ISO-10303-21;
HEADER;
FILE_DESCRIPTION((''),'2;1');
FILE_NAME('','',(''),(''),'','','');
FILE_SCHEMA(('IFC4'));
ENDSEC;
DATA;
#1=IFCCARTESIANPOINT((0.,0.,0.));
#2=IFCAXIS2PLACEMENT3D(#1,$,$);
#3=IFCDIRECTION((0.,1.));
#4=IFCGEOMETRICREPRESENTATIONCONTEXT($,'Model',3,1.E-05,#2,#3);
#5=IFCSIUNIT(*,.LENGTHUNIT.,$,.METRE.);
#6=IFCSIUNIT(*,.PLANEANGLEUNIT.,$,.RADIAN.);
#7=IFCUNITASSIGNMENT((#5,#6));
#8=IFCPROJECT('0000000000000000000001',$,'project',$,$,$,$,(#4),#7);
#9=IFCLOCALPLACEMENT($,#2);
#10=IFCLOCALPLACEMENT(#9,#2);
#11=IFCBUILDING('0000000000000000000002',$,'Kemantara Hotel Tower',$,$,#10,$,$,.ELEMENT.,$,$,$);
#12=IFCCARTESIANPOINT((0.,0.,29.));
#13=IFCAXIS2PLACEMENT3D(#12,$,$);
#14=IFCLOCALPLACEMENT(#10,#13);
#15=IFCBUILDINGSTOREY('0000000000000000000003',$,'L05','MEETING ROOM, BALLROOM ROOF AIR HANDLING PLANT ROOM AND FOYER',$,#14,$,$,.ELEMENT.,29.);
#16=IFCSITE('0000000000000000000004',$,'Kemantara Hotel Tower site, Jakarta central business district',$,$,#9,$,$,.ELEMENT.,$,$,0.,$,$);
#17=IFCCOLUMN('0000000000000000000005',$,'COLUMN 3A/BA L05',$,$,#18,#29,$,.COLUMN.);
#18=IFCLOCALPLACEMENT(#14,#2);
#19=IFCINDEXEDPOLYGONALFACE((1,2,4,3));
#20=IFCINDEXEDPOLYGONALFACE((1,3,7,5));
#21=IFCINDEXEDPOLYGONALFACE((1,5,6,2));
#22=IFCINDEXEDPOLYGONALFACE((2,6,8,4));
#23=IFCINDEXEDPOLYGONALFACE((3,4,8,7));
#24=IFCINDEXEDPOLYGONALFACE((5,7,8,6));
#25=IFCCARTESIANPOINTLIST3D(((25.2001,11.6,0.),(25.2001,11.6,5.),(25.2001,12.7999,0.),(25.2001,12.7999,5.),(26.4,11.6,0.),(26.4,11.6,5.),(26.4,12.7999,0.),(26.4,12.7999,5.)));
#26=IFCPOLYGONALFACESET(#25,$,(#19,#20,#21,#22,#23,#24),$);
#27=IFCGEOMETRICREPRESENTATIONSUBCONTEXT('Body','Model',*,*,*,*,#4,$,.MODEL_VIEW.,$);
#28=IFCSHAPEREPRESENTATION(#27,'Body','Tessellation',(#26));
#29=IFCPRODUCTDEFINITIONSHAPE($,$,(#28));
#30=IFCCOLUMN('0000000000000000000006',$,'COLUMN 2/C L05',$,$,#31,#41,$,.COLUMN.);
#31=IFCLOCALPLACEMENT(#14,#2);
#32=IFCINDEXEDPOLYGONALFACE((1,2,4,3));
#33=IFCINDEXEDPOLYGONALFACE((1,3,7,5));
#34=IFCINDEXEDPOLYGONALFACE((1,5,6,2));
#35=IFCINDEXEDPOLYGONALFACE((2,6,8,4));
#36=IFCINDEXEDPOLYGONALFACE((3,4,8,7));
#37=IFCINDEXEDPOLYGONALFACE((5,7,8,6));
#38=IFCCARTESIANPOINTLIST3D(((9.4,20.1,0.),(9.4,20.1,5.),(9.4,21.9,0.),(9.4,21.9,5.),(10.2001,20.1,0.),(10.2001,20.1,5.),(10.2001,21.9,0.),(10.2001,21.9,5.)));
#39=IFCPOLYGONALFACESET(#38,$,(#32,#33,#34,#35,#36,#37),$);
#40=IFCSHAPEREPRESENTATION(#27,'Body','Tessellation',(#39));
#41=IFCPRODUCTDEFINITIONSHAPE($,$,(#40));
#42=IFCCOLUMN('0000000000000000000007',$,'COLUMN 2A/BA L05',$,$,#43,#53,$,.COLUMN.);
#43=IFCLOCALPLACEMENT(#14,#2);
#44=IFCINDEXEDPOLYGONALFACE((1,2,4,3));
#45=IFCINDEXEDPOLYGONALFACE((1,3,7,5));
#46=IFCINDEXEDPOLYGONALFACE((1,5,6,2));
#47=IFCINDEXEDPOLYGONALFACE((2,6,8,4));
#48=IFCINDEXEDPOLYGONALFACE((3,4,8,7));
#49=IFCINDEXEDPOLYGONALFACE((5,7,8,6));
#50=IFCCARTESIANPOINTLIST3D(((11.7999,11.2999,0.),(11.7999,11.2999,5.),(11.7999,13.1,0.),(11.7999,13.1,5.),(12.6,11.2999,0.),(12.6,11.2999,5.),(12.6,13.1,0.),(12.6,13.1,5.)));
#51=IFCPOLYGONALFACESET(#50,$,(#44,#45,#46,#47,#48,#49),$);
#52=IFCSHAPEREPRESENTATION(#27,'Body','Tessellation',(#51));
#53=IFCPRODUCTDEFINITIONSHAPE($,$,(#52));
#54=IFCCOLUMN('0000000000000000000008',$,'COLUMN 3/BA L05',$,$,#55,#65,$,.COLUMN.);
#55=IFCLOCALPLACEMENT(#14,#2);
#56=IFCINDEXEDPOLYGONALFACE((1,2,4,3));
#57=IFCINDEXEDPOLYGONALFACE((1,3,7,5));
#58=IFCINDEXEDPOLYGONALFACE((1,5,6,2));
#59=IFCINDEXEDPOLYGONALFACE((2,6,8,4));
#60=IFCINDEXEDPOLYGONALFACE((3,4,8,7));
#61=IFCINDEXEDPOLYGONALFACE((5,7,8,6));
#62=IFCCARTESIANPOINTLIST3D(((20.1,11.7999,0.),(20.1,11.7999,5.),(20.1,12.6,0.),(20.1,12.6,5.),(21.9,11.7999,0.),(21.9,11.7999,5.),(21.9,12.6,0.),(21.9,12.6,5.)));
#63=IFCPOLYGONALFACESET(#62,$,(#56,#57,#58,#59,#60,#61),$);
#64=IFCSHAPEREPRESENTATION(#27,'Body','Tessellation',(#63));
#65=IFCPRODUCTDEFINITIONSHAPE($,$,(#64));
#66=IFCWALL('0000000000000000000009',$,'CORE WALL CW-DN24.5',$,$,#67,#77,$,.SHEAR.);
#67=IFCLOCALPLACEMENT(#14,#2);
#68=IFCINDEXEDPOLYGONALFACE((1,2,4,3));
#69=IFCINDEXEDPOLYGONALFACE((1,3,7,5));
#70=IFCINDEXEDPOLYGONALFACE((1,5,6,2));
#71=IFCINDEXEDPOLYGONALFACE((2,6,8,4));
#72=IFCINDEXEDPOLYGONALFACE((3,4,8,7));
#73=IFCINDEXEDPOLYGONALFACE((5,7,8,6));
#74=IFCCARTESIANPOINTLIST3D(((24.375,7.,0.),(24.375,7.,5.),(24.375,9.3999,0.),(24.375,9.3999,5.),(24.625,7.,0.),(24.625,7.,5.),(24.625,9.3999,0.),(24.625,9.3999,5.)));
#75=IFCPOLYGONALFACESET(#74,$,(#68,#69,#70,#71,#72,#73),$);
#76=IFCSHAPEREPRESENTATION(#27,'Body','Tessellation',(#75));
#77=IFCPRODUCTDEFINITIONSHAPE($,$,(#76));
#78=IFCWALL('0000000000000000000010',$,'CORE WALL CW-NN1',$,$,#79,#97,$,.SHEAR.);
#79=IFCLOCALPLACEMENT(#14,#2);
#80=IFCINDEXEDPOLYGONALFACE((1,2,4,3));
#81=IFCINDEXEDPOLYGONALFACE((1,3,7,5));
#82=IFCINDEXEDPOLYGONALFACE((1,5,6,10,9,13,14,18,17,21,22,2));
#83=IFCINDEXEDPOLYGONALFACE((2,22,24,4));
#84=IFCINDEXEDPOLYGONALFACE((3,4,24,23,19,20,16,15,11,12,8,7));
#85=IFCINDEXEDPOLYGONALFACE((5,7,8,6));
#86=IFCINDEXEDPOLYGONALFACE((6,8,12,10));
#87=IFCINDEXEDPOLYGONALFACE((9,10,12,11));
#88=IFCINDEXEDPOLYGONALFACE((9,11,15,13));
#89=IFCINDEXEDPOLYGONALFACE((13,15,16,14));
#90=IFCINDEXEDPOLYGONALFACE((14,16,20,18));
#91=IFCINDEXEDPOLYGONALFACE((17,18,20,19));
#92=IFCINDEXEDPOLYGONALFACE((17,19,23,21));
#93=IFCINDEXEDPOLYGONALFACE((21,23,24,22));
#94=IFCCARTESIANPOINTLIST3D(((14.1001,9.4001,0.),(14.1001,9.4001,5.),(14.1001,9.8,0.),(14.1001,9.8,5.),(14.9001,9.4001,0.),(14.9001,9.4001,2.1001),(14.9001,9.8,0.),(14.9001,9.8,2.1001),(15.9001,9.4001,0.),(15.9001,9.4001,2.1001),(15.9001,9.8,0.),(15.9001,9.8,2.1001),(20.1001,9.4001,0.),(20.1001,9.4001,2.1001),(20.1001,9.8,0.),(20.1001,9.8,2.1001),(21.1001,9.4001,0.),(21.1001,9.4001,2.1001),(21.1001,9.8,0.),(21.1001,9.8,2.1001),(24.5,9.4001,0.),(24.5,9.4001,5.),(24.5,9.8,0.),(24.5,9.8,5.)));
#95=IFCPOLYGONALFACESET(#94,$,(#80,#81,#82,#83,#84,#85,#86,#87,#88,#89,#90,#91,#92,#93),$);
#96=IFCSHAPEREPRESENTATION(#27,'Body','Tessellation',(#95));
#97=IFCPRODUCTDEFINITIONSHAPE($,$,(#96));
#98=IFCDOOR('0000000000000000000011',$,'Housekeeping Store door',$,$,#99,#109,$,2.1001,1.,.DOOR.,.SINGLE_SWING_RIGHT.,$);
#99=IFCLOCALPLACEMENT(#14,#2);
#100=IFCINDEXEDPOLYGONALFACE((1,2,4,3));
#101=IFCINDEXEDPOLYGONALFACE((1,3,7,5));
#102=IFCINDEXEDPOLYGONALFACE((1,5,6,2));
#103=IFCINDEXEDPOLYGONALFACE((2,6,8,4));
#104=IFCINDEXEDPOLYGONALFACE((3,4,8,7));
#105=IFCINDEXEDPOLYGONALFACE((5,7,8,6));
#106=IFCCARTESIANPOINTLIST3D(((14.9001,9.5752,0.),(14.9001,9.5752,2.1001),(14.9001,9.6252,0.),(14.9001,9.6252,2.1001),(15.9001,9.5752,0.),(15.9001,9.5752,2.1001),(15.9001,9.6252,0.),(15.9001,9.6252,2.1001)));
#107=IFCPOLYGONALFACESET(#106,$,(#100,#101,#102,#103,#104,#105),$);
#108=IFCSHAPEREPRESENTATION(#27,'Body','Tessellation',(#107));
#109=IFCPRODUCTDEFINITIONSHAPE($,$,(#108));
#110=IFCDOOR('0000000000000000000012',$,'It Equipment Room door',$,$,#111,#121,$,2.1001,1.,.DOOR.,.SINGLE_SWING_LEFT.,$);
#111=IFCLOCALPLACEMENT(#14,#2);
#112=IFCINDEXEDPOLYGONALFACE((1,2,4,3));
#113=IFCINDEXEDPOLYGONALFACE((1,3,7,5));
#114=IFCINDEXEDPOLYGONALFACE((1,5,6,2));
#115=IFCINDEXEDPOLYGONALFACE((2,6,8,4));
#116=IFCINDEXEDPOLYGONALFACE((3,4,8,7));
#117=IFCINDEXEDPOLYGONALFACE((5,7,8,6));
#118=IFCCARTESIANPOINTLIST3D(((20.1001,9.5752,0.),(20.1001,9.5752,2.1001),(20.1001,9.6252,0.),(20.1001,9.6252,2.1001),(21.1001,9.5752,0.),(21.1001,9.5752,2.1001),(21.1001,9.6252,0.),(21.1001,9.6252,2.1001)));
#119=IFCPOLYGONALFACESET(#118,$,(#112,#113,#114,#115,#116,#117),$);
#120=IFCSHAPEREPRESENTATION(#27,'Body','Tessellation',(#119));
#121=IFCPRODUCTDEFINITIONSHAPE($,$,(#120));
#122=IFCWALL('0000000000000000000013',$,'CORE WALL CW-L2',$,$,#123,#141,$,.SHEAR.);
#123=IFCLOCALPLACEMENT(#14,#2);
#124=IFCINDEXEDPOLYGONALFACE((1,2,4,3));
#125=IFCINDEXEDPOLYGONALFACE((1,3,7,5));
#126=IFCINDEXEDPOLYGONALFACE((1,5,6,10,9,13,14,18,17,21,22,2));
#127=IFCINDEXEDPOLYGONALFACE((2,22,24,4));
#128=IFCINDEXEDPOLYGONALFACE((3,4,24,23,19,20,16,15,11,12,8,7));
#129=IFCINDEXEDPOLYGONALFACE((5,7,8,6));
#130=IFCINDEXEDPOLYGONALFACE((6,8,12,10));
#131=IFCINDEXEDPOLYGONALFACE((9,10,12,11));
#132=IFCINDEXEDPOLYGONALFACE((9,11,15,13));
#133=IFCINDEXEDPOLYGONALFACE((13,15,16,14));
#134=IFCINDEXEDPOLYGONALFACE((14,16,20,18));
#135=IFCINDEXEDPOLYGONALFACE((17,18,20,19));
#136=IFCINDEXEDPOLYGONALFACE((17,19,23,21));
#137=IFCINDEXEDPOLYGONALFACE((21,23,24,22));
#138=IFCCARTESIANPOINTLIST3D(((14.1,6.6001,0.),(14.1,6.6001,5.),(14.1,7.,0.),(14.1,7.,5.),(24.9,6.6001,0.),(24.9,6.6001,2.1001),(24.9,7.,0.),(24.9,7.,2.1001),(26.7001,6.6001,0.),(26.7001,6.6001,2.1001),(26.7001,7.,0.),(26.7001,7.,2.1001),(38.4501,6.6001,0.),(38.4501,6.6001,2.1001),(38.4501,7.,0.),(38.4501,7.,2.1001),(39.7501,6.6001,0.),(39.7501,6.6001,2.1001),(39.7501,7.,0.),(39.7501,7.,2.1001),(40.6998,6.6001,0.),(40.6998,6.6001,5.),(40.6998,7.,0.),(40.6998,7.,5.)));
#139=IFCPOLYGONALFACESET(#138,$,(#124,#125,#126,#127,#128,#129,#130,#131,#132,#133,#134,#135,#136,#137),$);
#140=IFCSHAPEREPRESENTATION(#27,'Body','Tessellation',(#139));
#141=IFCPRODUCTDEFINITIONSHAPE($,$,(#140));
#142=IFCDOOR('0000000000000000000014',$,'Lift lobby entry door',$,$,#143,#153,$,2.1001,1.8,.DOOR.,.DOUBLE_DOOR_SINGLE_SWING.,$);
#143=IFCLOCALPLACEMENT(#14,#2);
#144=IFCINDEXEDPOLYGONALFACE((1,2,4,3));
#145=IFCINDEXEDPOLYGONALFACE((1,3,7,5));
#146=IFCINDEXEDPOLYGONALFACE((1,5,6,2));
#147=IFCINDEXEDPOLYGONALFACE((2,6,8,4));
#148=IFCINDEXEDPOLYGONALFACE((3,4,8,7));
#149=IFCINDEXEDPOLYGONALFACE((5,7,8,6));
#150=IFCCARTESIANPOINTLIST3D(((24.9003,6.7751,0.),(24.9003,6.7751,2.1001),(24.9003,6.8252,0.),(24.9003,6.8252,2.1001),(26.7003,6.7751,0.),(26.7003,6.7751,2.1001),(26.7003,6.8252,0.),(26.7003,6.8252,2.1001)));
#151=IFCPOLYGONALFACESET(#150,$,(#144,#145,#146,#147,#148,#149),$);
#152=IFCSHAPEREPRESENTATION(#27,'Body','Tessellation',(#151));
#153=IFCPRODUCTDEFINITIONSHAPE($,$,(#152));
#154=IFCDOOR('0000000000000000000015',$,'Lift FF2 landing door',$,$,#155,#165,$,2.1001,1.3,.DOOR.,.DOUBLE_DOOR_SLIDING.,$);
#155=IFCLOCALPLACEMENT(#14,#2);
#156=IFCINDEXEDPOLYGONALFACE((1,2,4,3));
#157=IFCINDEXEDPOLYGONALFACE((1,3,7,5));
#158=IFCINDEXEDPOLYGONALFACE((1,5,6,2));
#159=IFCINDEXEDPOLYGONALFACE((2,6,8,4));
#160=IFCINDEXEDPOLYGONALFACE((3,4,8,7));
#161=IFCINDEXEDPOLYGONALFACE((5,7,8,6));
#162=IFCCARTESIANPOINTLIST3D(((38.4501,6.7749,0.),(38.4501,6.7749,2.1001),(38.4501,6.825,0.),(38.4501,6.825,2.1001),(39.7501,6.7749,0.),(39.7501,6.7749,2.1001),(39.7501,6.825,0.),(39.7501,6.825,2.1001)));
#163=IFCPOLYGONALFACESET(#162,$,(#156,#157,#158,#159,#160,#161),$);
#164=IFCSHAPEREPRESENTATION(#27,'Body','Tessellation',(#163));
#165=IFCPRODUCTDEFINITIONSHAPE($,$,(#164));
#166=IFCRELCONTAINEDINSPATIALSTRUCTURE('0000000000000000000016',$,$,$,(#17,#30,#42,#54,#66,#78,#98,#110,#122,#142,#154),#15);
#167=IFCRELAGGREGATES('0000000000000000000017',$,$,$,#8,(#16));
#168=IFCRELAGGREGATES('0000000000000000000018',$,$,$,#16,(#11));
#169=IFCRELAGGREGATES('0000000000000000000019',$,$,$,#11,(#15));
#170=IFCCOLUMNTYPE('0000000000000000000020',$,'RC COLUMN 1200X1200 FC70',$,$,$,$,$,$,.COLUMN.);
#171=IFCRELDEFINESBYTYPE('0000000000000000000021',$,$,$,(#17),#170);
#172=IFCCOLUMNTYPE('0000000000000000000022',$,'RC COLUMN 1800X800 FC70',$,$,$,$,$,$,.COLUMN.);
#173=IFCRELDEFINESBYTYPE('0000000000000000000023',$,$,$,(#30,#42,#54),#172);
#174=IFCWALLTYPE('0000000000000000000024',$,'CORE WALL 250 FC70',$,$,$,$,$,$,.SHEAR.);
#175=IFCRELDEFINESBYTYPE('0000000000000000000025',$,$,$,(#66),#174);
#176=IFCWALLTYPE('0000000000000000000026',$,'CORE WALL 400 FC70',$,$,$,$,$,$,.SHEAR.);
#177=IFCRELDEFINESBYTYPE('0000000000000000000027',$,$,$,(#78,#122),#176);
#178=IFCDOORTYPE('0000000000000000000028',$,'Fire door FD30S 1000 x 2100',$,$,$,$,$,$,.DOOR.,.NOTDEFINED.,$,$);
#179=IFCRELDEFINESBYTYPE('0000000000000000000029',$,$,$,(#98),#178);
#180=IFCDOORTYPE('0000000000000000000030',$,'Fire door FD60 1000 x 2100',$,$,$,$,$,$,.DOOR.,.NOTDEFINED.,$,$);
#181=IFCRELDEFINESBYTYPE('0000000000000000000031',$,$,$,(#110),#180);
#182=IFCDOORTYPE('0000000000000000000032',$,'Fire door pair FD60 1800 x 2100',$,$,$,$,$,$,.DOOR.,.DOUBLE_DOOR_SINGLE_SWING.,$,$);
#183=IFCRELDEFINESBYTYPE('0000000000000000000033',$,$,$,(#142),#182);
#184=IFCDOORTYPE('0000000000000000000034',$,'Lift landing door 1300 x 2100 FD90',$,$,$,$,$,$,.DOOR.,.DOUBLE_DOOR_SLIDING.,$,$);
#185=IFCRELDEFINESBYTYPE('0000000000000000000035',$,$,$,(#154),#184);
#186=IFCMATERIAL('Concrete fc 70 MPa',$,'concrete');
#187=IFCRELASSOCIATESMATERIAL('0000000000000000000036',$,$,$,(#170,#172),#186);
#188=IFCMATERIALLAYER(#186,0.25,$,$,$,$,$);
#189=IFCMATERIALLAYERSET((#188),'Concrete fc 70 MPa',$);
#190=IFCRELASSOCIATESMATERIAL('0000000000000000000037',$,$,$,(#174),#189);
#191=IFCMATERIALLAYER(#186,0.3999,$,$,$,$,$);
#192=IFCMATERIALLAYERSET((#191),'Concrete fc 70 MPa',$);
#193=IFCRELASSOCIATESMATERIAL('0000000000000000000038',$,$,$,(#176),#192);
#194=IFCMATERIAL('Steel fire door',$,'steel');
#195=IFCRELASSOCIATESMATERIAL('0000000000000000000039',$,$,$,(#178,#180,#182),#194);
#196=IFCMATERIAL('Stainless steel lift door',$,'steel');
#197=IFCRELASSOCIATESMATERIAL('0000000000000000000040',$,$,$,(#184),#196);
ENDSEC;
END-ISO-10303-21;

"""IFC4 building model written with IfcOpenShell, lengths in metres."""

from ifc_helpers import new_model, si_unit, direction, frame, frame_2d, origin, origin_2d, place, context, subcontext, project, spatial, rectangle, extrude, material, layer, layer_set, material_profile, profile_set, type_object, element, fill, save


model = new_model("IFC4")

# Units and contexts
model_context = context("Model", 3, precision=1e-05, world=origin(), true_north=direction((0.0, 1.0)))
body_context = subcontext(model_context, "Body", "Model", "MODEL_VIEW")
ifc_project = project(units=[si_unit("LENGTHUNIT", "METRE"), si_unit("PLANEANGLEUNIT", "RADIAN")], contexts=[model_context])

# Site, building, storey
site_placement = place(None, origin())
site = spatial("IfcSite", under=ifc_project, at=site_placement, Name="Kemantara Hotel Tower site, Jakarta central business district", CompositionType="ELEMENT", RefElevation=0.0)
building_placement = place(site_placement, origin())
building = spatial("IfcBuilding", under=site, at=building_placement, Name="Kemantara Hotel Tower", CompositionType="ELEMENT")
storey_placement = place(building_placement, frame((0.0, 0.0, 29.0)))
storey = spatial("IfcBuildingStorey", under=building, at=storey_placement, Name="L05", Description="MEETING ROOM, BALLROOM ROOF AIR HANDLING PLANT ROOM AND FOYER", CompositionType="ELEMENT", Elevation=29.0)

# Columns
ifc_material_1 = material(Name="Concrete fc 70 MPa", Category="concrete")
ifc_material_profile_1 = material_profile(ifc_material_1, rectangle(XDim=1.2, YDim=1.2, at=origin_2d()), Name="RC 1200X1200")
ifc_profile_set_1 = profile_set([ifc_material_profile_1], Name="Concrete fc 70 MPa")
column_type_1 = type_object("IfcColumnType", Name="RC COLUMN 1200X1200 FC70", PredefinedType="COLUMN", material=ifc_profile_set_1)
column_placement = place(storey_placement, frame((25.8, 12.2, 0.0), z_axis=(0.0, 0.0, 1.0), x_axis=(1.0, 0.0, 0.0)))
element("IfcColumn", 1, at=column_placement, inside=storey, type_object=column_type_1, Name="COLUMN 3A/BA L05", PredefinedType="COLUMN", context=body_context, shape_type="SweptSolid", body=[
    extrude(rectangle(XDim=1.2, YDim=1.2, at=origin_2d()), origin(), (0.0, 0.0, 1.0), 5.0),
])
ifc_material_profile_2 = material_profile(ifc_material_1, rectangle(XDim=1.8, YDim=0.8, at=origin_2d()), Name="RC 1800X800")
ifc_profile_set_2 = profile_set([ifc_material_profile_2], Name="Concrete fc 70 MPa")
column_type_2 = type_object("IfcColumnType", Name="RC COLUMN 1800X800 FC70", PredefinedType="COLUMN", material=ifc_profile_set_2)
for number, where, z_axis, x_axis, name in (
    (2, (9.8, 21.0, 0.0), (0.0, 0.0, 1.0), (0.0, 1.0, 0.0), "COLUMN 2/C L05"),
    (3, (12.2, 12.2, 0.0), (0.0, 0.0, 1.0), (0.0, 1.0, 0.0), "COLUMN 2A/BA L05"),
    (4, (21.0, 12.2, 0.0), (0.0, 0.0, 1.0), (1.0, 0.0, 0.0), "COLUMN 3/BA L05"),
):
    element("IfcColumn", number, at=place(storey_placement, frame(where, z_axis=z_axis, x_axis=x_axis)), inside=storey, type_object=column_type_2, Name=name, PredefinedType="COLUMN", context=body_context, shape_type="SweptSolid", body=[
        extrude(rectangle(XDim=1.8, YDim=0.8, at=origin_2d()), origin(), (0.0, 0.0, 1.0), 5.0),
    ])

# Wall
ifc_layer_1 = layer(ifc_material_1, 0.25)
ifc_layer_set_1 = layer_set([ifc_layer_1], Name="Concrete fc 70 MPa")
wall_type_1 = type_object("IfcWallType", Name="CORE WALL 250 FC70", PredefinedType="SHEAR", material=ifc_layer_set_1)
wall_1_placement = place(storey_placement, frame((24.5, 7.0, 0.0), z_axis=(0.0, 0.0, 1.0), x_axis=(0.0, 1.0, 0.0)))
element("IfcWall", 5, at=wall_1_placement, inside=storey, type_object=wall_type_1, Name="CORE WALL CW-DN24.5", PredefinedType="SHEAR", context=body_context, shape_type="SweptSolid", body=[
    extrude(rectangle(XDim=2.3999, YDim=0.25, at=frame_2d((1.2, 0.0))), origin(), (0.0, 0.0, 1.0), 5.0),
])

# Walls, openings, doors
ifc_layer_2 = layer(ifc_material_1, 0.3999)
ifc_layer_set_2 = layer_set([ifc_layer_2], Name="Concrete fc 70 MPa")
wall_type_2 = type_object("IfcWallType", Name="CORE WALL 400 FC70", PredefinedType="SHEAR", material=ifc_layer_set_2)
wall_2_placement = place(storey_placement, frame((14.1001, 9.6001, 0.0), z_axis=(0.0, 0.0, 1.0), x_axis=(1.0, 0.0, 0.0)))
wall_2 = element("IfcWall", 6, at=wall_2_placement, inside=storey, type_object=wall_type_2, Name="CORE WALL CW-NN1", PredefinedType="SHEAR", context=body_context, shape_type="SweptSolid", body=[
    extrude(rectangle(XDim=10.3999, YDim=0.3999, at=frame_2d((5.2, 0.0))), origin(), (0.0, 0.0, 1.0), 5.0),
])
opening_1_placement = place(wall_2_placement, frame((0.8, 0.0, 0.0)))
opening_1 = element("IfcOpeningElement", 7, at=opening_1_placement, cuts=wall_2, PredefinedType="OPENING", context=body_context, shape_type="SweptSolid", body=[
    extrude(rectangle(XDim=1.0, YDim=2.1001, at=frame_2d((0.5, 1.05))), frame((0.0, 0.21, 0.0), z_axis=(0.0, -1.0, 0.0), x_axis=(1.0, 0.0, 0.0)), (0.0, 0.0, 1.0), 0.4199),
])
opening_2_placement = place(wall_2_placement, frame((6.0, 0.0, 0.0)))
opening_2 = element("IfcOpeningElement", 8, at=opening_2_placement, cuts=wall_2, PredefinedType="OPENING", context=body_context, shape_type="SweptSolid", body=[
    extrude(rectangle(XDim=1.0, YDim=2.1001, at=frame_2d((0.5, 1.05))), frame((0.0, 0.21, 0.0), z_axis=(0.0, -1.0, 0.0), x_axis=(1.0, 0.0, 0.0)), (0.0, 0.0, 1.0), 0.4199),
])
ifc_material_2 = material(Name="Steel fire door", Category="steel")
door_type_1 = type_object("IfcDoorType", Name="Fire door FD30S 1000 x 2100", OperationType="NOTDEFINED", PredefinedType="DOOR", material=ifc_material_2)
door_1_placement = place(opening_1_placement, frame((1.0, 0.0, 0.0), z_axis=(0.0, 0.0, 1.0), x_axis=(-1.0, 0.0, 0.0)))
door_1 = element("IfcDoor", 9, at=door_1_placement, inside=storey, type_object=door_type_1, Name="Housekeeping Store door", OperationType="SINGLE_SWING_RIGHT", OverallHeight=2.1001, OverallWidth=1.0, PredefinedType="DOOR", context=body_context, shape_type="SweptSolid", body=[
    extrude(rectangle(XDim=1.0, YDim=2.1001, at=frame_2d((0.5, 1.05))), frame((0.0, 0.0249, 0.0), z_axis=(0.0, -1.0, 0.0), x_axis=(1.0, 0.0, 0.0)), (0.0, 0.0, 1.0), 0.05),
])
fill(opening_1, door_1)
door_type_2 = type_object("IfcDoorType", Name="Fire door FD60 1000 x 2100", OperationType="NOTDEFINED", PredefinedType="DOOR", material=ifc_material_2)
door_2_placement = place(opening_2_placement, frame((1.0, 0.0, 0.0), z_axis=(0.0, 0.0, 1.0), x_axis=(-1.0, 0.0, 0.0)))
door_2 = element("IfcDoor", 10, at=door_2_placement, inside=storey, type_object=door_type_2, Name="It Equipment Room door", OperationType="SINGLE_SWING_LEFT", OverallHeight=2.1001, OverallWidth=1.0, PredefinedType="DOOR", context=body_context, shape_type="SweptSolid", body=[
    extrude(rectangle(XDim=1.0, YDim=2.1001, at=frame_2d((0.5, 1.05))), frame((0.0, 0.0249, 0.0), z_axis=(0.0, -1.0, 0.0), x_axis=(1.0, 0.0, 0.0)), (0.0, 0.0, 1.0), 0.05),
])
fill(opening_2, door_2)
wall_3_placement = place(storey_placement, frame((14.1001, 6.8, 0.0), z_axis=(0.0, 0.0, 1.0), x_axis=(1.0, 0.0, 0.0)))
wall_3 = element("IfcWall", 11, at=wall_3_placement, inside=storey, type_object=wall_type_2, Name="CORE WALL CW-L2", PredefinedType="SHEAR", context=body_context, shape_type="SweptSolid", body=[
    extrude(rectangle(XDim=26.5999, YDim=0.3999, at=frame_2d((13.2998, 0.0))), origin(), (0.0, 0.0, 1.0), 5.0),
])
opening_3_placement = place(wall_3_placement, frame((10.8, 0.0, 0.0)))
opening_3 = element("IfcOpeningElement", 12, at=opening_3_placement, cuts=wall_3, PredefinedType="OPENING", context=body_context, shape_type="SweptSolid", body=[
    extrude(rectangle(XDim=1.8, YDim=2.1001, at=frame_2d((0.8999, 1.05))), frame((0.0, 0.21, 0.0), z_axis=(0.0, -1.0, 0.0), x_axis=(1.0, 0.0, 0.0)), (0.0, 0.0, 1.0), 0.4199),
])
opening_4_placement = place(wall_3_placement, frame((24.3501, 0.0, 0.0)))
opening_4 = element("IfcOpeningElement", 13, at=opening_4_placement, cuts=wall_3, PredefinedType="OPENING", context=body_context, shape_type="SweptSolid", body=[
    extrude(rectangle(XDim=1.3, YDim=2.1001, at=frame_2d((0.6499, 1.05))), frame((0.0, 0.21, 0.0), z_axis=(0.0, -1.0, 0.0), x_axis=(1.0, 0.0, 0.0)), (0.0, 0.0, 1.0), 0.4199),
])
door_type_3 = type_object("IfcDoorType", Name="Fire door pair FD60 1800 x 2100", OperationType="DOUBLE_DOOR_SINGLE_SWING", PredefinedType="DOOR", material=ifc_material_2)
door_3_placement = place(opening_3_placement, frame((1.8, 0.0, 0.0), z_axis=(0.0, 0.0, 1.0), x_axis=(-1.0, 0.0, 0.0)))
door_3 = element("IfcDoor", 14, at=door_3_placement, inside=storey, type_object=door_type_3, Name="Lift lobby entry door", OperationType="DOUBLE_DOOR_SINGLE_SWING", OverallHeight=2.1001, OverallWidth=1.8, PredefinedType="DOOR", context=body_context, shape_type="SweptSolid", body=[
    extrude(rectangle(XDim=1.8, YDim=2.1001, at=frame_2d((0.8999, 1.05))), frame((0.0, 0.0249, 0.0), z_axis=(0.0, -1.0, 0.0), x_axis=(1.0, 0.0, 0.0)), (0.0, 0.0, 1.0), 0.05),
])
fill(opening_3, door_3)
ifc_material_3 = material(Name="Stainless steel lift door", Category="steel")
door_type_4 = type_object("IfcDoorType", Name="Lift landing door 1300 x 2100 FD90", OperationType="DOUBLE_DOOR_SLIDING", PredefinedType="DOOR", material=ifc_material_3)
door_4_placement = place(opening_4_placement, origin())
door_4 = element("IfcDoor", 15, at=door_4_placement, inside=storey, type_object=door_type_4, Name="Lift FF2 landing door", OperationType="DOUBLE_DOOR_SLIDING", OverallHeight=2.1001, OverallWidth=1.3, PredefinedType="DOOR", context=body_context, shape_type="SweptSolid", body=[
    extrude(rectangle(XDim=1.3, YDim=2.1001, at=frame_2d((0.6499, 1.05))), frame((0.0, 0.0249, 0.0), z_axis=(0.0, -1.0, 0.0), x_axis=(1.0, 0.0, 0.0)), (0.0, 0.0, 1.0), 0.05),
])
fill(opening_4, door_4)

save(model, "model.ifc")
